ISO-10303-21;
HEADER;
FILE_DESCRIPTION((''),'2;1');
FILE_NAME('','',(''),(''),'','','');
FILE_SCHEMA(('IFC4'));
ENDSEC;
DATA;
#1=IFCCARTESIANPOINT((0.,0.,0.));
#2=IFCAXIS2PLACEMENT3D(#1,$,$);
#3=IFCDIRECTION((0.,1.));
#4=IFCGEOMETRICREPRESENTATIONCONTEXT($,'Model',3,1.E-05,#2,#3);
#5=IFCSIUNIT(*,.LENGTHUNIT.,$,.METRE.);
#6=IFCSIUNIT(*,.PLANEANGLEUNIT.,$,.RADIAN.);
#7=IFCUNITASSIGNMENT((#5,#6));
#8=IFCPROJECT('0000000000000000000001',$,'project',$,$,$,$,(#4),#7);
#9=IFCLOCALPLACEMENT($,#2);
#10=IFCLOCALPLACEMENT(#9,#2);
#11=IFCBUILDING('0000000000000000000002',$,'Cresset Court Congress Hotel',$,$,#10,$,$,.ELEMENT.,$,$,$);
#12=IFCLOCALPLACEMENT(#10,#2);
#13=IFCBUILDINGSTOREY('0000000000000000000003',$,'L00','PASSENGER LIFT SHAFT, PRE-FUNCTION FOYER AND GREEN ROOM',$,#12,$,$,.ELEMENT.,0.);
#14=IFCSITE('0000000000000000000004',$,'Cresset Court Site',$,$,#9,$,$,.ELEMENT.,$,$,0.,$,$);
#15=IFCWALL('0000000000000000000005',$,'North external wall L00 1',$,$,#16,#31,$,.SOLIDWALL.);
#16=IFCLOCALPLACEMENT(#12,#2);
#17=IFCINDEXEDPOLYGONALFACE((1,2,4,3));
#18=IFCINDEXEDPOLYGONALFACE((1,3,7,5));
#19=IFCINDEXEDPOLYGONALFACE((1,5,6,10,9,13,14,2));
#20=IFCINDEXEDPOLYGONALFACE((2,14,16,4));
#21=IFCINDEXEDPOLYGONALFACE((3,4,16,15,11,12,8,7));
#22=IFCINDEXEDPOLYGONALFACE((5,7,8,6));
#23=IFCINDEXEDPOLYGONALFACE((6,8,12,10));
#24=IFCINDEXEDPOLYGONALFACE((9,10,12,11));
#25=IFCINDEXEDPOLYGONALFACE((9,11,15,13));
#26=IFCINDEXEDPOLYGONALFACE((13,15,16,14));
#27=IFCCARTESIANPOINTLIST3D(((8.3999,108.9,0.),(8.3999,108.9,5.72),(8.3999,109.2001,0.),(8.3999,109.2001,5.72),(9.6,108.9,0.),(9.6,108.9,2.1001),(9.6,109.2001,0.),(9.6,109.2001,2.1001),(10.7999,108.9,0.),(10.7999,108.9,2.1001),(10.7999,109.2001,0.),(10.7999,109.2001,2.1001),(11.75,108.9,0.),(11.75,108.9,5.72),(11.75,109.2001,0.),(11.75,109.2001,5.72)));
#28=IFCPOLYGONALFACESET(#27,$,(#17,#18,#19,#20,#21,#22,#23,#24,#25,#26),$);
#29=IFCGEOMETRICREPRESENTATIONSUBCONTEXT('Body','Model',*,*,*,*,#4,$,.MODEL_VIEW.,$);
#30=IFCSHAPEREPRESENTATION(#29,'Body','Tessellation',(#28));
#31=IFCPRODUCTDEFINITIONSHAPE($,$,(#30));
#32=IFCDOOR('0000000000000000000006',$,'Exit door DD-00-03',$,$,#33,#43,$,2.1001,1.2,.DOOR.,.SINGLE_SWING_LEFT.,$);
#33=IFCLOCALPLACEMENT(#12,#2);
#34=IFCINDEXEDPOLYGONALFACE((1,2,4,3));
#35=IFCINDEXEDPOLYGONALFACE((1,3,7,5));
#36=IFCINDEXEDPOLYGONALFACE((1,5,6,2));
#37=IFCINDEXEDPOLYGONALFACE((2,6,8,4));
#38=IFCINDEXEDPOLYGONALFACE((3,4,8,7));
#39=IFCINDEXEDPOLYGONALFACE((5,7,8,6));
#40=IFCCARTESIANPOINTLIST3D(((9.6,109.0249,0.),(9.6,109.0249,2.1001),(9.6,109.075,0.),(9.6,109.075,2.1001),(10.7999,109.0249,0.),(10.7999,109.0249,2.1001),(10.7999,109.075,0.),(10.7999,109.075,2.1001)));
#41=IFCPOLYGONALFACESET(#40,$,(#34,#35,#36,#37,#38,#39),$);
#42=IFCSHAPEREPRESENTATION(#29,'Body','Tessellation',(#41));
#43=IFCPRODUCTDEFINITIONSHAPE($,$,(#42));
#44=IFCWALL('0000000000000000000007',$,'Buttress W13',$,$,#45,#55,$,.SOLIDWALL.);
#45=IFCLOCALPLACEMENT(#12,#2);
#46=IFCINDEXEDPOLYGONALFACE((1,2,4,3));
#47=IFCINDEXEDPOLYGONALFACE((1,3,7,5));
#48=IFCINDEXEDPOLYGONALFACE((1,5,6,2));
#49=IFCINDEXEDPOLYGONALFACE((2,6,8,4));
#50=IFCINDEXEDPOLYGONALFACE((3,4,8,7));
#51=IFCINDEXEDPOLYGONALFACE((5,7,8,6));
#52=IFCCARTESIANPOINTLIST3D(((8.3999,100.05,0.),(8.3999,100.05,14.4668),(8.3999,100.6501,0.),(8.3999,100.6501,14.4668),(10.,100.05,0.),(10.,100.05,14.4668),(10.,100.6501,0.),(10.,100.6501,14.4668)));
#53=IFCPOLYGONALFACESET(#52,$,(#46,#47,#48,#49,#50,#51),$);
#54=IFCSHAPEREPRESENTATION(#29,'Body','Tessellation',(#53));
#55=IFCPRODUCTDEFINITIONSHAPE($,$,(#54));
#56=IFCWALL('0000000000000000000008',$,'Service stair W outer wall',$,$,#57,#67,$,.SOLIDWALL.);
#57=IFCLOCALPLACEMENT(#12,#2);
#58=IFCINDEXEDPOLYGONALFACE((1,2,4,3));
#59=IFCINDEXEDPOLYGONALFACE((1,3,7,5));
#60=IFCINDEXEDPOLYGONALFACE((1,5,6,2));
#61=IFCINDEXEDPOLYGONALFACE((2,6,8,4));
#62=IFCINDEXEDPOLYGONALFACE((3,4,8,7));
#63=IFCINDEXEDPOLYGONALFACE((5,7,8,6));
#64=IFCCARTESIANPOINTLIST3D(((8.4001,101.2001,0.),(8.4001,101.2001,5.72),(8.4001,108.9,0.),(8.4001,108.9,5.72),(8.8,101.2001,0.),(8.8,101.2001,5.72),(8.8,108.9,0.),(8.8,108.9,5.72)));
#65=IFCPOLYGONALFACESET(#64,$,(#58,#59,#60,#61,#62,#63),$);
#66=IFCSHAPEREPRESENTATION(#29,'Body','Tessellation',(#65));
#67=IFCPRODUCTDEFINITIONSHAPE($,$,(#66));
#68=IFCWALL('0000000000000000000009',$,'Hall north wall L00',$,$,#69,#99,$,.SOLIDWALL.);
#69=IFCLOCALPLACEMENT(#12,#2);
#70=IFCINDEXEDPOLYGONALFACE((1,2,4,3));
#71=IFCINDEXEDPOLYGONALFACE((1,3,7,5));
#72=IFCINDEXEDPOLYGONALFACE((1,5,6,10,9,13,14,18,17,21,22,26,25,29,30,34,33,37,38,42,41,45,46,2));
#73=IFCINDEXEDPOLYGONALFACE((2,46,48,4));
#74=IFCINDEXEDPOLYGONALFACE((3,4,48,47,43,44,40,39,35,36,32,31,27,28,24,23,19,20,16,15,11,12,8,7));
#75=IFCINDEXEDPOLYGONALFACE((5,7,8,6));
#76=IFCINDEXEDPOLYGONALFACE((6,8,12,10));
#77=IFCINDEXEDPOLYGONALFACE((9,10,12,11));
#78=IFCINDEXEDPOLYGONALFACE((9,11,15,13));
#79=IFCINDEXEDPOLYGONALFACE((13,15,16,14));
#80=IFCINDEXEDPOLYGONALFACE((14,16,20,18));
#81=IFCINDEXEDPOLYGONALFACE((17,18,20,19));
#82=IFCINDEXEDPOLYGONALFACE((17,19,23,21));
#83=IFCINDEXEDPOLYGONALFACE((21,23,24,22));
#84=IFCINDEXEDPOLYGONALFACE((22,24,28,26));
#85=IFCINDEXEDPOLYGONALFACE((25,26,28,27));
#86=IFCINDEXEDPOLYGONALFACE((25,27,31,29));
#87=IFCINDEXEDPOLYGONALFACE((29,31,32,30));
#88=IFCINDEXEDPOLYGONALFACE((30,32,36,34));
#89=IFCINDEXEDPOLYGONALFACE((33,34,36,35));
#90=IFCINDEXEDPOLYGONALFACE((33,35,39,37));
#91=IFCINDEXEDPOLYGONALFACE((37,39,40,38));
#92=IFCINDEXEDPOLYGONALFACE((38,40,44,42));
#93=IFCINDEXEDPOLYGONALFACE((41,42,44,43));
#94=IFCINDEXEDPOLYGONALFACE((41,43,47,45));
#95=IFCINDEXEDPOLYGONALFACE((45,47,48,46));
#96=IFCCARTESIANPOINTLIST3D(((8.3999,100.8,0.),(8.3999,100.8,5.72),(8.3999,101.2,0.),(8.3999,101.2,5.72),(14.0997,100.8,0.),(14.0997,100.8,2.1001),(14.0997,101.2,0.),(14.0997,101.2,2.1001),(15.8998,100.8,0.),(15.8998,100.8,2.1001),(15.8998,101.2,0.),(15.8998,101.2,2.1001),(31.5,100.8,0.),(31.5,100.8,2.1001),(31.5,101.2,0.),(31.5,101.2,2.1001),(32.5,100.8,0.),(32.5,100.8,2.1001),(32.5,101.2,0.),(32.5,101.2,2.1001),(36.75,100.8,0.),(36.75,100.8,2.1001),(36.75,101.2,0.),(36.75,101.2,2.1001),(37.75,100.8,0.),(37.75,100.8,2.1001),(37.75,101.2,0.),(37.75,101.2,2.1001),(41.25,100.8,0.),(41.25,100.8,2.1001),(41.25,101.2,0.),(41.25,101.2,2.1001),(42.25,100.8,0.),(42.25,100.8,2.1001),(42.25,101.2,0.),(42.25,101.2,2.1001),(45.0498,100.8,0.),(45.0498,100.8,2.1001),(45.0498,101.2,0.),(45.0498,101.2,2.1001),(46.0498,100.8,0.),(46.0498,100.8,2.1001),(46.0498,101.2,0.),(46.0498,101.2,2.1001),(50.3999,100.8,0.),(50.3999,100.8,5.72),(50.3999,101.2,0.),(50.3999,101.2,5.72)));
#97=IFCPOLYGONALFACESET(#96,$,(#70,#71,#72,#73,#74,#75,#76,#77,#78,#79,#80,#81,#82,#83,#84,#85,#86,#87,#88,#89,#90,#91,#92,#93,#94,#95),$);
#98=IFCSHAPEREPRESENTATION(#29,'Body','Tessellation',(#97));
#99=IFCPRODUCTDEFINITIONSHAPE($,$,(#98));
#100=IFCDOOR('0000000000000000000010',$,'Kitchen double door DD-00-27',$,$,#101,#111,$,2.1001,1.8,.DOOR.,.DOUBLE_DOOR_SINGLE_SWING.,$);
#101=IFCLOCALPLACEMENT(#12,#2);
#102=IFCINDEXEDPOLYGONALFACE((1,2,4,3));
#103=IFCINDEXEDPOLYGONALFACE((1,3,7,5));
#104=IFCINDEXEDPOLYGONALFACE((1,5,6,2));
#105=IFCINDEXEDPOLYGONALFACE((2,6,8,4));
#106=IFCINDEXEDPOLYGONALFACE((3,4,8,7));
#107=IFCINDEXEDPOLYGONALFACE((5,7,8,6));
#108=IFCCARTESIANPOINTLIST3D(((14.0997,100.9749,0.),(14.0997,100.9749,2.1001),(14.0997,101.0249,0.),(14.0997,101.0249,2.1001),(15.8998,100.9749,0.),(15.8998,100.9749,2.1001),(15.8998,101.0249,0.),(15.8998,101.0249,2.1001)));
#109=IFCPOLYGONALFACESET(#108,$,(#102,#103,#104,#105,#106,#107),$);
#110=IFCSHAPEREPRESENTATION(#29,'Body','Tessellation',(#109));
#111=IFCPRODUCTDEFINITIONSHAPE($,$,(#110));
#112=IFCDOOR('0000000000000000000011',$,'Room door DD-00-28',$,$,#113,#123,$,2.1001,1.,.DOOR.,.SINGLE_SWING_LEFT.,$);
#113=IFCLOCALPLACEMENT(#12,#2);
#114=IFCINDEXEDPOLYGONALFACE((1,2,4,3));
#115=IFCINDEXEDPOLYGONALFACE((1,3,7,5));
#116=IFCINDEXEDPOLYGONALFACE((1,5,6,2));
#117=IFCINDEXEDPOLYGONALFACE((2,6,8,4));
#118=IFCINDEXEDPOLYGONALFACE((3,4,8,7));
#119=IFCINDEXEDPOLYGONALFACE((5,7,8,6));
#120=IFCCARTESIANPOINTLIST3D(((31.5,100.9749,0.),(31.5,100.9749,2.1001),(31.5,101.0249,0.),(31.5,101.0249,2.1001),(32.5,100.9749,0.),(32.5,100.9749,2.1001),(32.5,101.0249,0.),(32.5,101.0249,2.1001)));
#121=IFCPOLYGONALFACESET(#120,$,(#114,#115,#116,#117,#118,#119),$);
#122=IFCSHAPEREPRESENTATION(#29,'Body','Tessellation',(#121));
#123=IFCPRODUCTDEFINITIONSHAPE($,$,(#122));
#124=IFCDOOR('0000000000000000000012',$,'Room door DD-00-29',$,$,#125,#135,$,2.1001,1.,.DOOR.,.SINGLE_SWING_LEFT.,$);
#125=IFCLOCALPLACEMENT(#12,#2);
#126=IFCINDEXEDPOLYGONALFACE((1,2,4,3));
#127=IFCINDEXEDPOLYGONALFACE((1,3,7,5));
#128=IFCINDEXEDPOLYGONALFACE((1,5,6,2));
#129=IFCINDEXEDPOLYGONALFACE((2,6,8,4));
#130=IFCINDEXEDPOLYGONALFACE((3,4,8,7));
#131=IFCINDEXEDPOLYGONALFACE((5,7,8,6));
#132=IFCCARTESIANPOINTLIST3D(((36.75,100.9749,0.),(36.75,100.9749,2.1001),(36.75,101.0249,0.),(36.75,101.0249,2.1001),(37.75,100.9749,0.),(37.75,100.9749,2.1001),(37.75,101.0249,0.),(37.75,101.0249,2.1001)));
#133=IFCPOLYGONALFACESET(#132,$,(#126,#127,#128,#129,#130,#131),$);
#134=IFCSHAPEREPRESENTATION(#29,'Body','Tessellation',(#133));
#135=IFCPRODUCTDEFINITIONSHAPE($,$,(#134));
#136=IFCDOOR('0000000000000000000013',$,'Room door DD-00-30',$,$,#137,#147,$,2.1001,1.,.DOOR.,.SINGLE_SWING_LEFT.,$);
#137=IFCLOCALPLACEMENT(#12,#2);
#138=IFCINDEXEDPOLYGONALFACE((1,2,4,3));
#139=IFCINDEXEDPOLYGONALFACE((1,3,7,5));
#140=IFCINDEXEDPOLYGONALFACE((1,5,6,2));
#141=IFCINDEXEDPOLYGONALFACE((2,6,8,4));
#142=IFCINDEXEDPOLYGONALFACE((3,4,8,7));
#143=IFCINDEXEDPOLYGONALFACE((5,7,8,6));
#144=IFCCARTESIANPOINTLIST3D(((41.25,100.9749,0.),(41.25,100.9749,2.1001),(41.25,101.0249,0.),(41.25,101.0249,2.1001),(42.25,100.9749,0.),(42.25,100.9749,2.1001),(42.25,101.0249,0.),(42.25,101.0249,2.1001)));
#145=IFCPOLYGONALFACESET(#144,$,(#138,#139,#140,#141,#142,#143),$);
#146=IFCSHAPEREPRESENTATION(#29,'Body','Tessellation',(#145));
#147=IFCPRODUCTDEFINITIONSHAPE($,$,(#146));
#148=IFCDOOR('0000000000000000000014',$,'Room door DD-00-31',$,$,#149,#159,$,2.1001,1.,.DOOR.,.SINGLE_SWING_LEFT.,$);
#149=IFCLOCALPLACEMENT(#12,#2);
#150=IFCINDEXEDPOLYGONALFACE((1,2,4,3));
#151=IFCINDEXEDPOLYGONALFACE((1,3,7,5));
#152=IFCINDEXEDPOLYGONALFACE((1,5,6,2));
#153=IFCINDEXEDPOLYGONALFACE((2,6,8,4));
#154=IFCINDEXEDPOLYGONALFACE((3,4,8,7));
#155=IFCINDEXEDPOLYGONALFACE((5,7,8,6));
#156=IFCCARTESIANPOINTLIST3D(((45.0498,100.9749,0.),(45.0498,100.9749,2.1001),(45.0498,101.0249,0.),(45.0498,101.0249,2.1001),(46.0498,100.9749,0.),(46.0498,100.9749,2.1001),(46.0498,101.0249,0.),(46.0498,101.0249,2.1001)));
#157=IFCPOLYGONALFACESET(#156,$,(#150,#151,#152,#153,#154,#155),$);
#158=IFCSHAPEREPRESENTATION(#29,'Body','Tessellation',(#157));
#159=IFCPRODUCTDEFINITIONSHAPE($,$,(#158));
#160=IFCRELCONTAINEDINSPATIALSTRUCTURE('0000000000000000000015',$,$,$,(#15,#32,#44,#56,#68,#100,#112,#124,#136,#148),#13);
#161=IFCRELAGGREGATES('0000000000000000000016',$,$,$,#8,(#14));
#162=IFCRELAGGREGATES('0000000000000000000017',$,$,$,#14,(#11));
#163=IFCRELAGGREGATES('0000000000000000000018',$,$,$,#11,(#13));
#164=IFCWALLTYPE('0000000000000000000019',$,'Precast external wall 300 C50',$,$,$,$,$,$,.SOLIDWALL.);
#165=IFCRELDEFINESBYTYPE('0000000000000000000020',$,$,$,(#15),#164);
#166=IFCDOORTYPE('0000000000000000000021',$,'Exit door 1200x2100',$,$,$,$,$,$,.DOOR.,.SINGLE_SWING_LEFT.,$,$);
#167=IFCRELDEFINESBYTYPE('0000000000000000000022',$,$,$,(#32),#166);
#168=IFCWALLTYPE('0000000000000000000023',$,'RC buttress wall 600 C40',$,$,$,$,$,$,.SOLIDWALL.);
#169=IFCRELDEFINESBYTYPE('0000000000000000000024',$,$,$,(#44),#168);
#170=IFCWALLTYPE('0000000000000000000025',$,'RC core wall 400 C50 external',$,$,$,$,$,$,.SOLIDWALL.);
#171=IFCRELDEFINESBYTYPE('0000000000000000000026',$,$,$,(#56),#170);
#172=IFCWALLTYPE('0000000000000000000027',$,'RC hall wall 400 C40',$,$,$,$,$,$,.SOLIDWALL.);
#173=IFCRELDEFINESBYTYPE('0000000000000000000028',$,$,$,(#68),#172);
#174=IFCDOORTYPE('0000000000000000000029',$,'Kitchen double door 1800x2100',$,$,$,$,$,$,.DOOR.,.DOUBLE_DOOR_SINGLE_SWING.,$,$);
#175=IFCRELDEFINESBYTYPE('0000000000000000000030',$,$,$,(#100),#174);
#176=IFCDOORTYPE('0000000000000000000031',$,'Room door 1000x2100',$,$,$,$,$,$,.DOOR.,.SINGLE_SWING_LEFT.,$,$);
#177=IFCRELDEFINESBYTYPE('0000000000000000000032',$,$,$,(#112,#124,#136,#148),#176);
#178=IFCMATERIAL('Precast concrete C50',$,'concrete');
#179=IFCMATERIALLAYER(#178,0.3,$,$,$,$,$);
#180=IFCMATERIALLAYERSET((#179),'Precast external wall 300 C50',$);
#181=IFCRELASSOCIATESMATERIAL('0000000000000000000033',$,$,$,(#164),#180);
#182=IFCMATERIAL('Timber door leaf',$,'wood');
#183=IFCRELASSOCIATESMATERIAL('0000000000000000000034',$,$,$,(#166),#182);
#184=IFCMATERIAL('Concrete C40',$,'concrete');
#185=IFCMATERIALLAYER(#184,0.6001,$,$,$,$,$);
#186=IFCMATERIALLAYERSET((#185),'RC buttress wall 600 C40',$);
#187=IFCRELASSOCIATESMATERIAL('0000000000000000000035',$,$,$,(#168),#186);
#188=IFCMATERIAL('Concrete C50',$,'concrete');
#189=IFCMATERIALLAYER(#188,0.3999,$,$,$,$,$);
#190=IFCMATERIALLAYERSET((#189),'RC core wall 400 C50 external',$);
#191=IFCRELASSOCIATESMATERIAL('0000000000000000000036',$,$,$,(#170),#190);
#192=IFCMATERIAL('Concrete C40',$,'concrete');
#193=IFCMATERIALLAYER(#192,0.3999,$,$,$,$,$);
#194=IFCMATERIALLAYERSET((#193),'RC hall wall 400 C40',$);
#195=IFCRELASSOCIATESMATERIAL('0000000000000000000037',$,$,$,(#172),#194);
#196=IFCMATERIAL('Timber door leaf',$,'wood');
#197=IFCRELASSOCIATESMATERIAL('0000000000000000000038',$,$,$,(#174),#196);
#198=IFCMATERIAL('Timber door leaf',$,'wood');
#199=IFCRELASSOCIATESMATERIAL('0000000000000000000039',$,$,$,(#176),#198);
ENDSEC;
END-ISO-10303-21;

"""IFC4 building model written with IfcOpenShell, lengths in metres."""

from ifc_helpers import new_model, si_unit, direction, frame, frame_2d, origin, place, context, subcontext, project, spatial, rectangle, extrude, material, layer, layer_set, type_object, element, fill, save


model = new_model("IFC4")

# Units and contexts
model_context = context("Model", 3, precision=1e-05, world=origin(), true_north=direction((0.0, 1.0)))
body_context = subcontext(model_context, "Body", "Model", "MODEL_VIEW")
ifc_project = project(units=[si_unit("LENGTHUNIT", "METRE"), si_unit("PLANEANGLEUNIT", "RADIAN")], contexts=[model_context])

# Site, building, storey
site_placement = place(None, origin())
site = spatial("IfcSite", under=ifc_project, at=site_placement, Name="Cresset Court Site", CompositionType="ELEMENT", RefElevation=0.0)
building_placement = place(site_placement, origin())
building = spatial("IfcBuilding", under=site, at=building_placement, Name="Cresset Court Congress Hotel", CompositionType="ELEMENT")
storey_placement = place(building_placement, origin())
storey = spatial("IfcBuildingStorey", under=building, at=storey_placement, Name="L00", Description="PASSENGER LIFT SHAFT, PRE-FUNCTION FOYER AND GREEN ROOM", CompositionType="ELEMENT", Elevation=0.0)

# Wall, opening, door
ifc_material_1 = material(Name="Precast concrete C50", Category="concrete")
ifc_layer_1 = layer(ifc_material_1, 0.3)
ifc_layer_set_1 = layer_set([ifc_layer_1], Name="Precast external wall 300 C50")
wall_type_1 = type_object("IfcWallType", Name="Precast external wall 300 C50", PredefinedType="SOLIDWALL", material=ifc_layer_set_1)
wall_1_placement = place(storey_placement, frame((8.3999, 109.05, 0.0), z_axis=(0.0, 0.0, 1.0), x_axis=(1.0, 0.0, 0.0)))
wall_1 = element("IfcWall", 1, at=wall_1_placement, inside=storey, type_object=wall_type_1, Name="North external wall L00 1", PredefinedType="SOLIDWALL", context=body_context, shape_type="SweptSolid", body=[
    extrude(rectangle(XDim=3.3501, YDim=0.3, at=frame_2d((1.675, 0.0))), origin(), (0.0, 0.0, 1.0), 5.72),
])
opening_1_placement = place(wall_1_placement, frame((1.2, 0.0, 0.0)))
opening_1 = element("IfcOpeningElement", 2, at=opening_1_placement, cuts=wall_1, PredefinedType="OPENING", context=body_context, shape_type="SweptSolid", body=[
    extrude(rectangle(XDim=1.2, YDim=2.1001, at=frame_2d((0.6001, 1.05))), frame((0.0, 0.1599, 0.0), z_axis=(0.0, -1.0, 0.0), x_axis=(1.0, 0.0, 0.0)), (0.0, 0.0, 1.0), 0.3201),
])
ifc_material_2 = material(Name="Timber door leaf", Category="wood")
door_type_1 = type_object("IfcDoorType", Name="Exit door 1200x2100", OperationType="SINGLE_SWING_LEFT", PredefinedType="DOOR", material=ifc_material_2)
door_1_placement = place(opening_1_placement, origin())
door_1 = element("IfcDoor", 3, at=door_1_placement, inside=storey, type_object=door_type_1, Name="Exit door DD-00-03", OperationType="SINGLE_SWING_LEFT", OverallHeight=2.1001, OverallWidth=1.2, PredefinedType="DOOR", context=body_context, shape_type="SweptSolid", body=[
    extrude(rectangle(XDim=1.2, YDim=2.1001, at=frame_2d((0.6001, 1.05))), frame((0.0, 0.0249, 0.0), z_axis=(0.0, -1.0, 0.0), x_axis=(1.0, 0.0, 0.0)), (0.0, 0.0, 1.0), 0.05),
])
fill(opening_1, door_1)

# Walls
ifc_material_3 = material(Name="Concrete C40", Category="concrete")
ifc_layer_2 = layer(ifc_material_3, 0.6001)
ifc_layer_set_2 = layer_set([ifc_layer_2], Name="RC buttress wall 600 C40")
wall_type_2 = type_object("IfcWallType", Name="RC buttress wall 600 C40", PredefinedType="SOLIDWALL", material=ifc_layer_set_2)
wall_2_placement = place(storey_placement, frame((8.3999, 100.3501, 0.0), z_axis=(0.0, 0.0, 1.0), x_axis=(1.0, 0.0, 0.0)))
element("IfcWall", 4, at=wall_2_placement, inside=storey, type_object=wall_type_2, Name="Buttress W13", PredefinedType="SOLIDWALL", context=body_context, shape_type="SweptSolid", body=[
    extrude(rectangle(XDim=1.6001, YDim=0.6001, at=frame_2d((0.8, 0.0))), origin(), (0.0, 0.0, 1.0), 14.4668),
])
ifc_material_4 = material(Name="Concrete C50", Category="concrete")
ifc_layer_3 = layer(ifc_material_4, 0.3999)
ifc_layer_set_3 = layer_set([ifc_layer_3], Name="RC core wall 400 C50 external")
wall_type_3 = type_object("IfcWallType", Name="RC core wall 400 C50 external", PredefinedType="SOLIDWALL", material=ifc_layer_set_3)
wall_3_placement = place(storey_placement, frame((8.6001, 101.2, 0.0), z_axis=(0.0, 0.0, 1.0), x_axis=(0.0, 1.0, 0.0)))
element("IfcWall", 5, at=wall_3_placement, inside=storey, type_object=wall_type_3, Name="Service stair W outer wall", PredefinedType="SOLIDWALL", context=body_context, shape_type="SweptSolid", body=[
    extrude(rectangle(XDim=7.7, YDim=0.3999, at=frame_2d((3.8501, 0.0))), origin(), (0.0, 0.0, 1.0), 5.72),
])

# Wall, openings, doors
ifc_material_5 = material(Name="Concrete C40", Category="concrete")
ifc_layer_4 = layer(ifc_material_5, 0.3999)
ifc_layer_set_4 = layer_set([ifc_layer_4], Name="RC hall wall 400 C40")
wall_type_4 = type_object("IfcWallType", Name="RC hall wall 400 C40", PredefinedType="SOLIDWALL", material=ifc_layer_set_4)
wall_4_placement = place(storey_placement, frame((8.3999, 101.0, 0.0), z_axis=(0.0, 0.0, 1.0), x_axis=(1.0, 0.0, 0.0)))
wall_4 = element("IfcWall", 6, at=wall_4_placement, inside=storey, type_object=wall_type_4, Name="Hall north wall L00", PredefinedType="SOLIDWALL", context=body_context, shape_type="SweptSolid", body=[
    extrude(rectangle(XDim=42.0, YDim=0.3999, at=frame_2d((21.0, 0.0))), origin(), (0.0, 0.0, 1.0), 5.72),
])
opening_2_placement = place(wall_4_placement, frame((5.7, 0.0, 0.0)))
opening_2 = element("IfcOpeningElement", 7, at=opening_2_placement, cuts=wall_4, PredefinedType="OPENING", context=body_context, shape_type="SweptSolid", body=[
    extrude(rectangle(XDim=1.8, YDim=2.1001, at=frame_2d((0.8999, 1.05))), frame((0.0, 0.21, 0.0), z_axis=(0.0, -1.0, 0.0), x_axis=(1.0, 0.0, 0.0)), (0.0, 0.0, 1.0), 0.4199),
])
opening_3_placement = place(wall_4_placement, frame((23.1001, 0.0, 0.0)))
opening_3 = element("IfcOpeningElement", 8, at=opening_3_placement, cuts=wall_4, PredefinedType="OPENING", context=body_context, shape_type="SweptSolid", body=[
    extrude(rectangle(XDim=1.0, YDim=2.1001, at=frame_2d((0.5, 1.05))), frame((0.0, 0.21, 0.0), z_axis=(0.0, -1.0, 0.0), x_axis=(1.0, 0.0, 0.0)), (0.0, 0.0, 1.0), 0.4199),
])
opening_4_placement = place(wall_4_placement, frame((28.3501, 0.0, 0.0)))
opening_4 = element("IfcOpeningElement", 9, at=opening_4_placement, cuts=wall_4, PredefinedType="OPENING", context=body_context, shape_type="SweptSolid", body=[
    extrude(rectangle(XDim=1.0, YDim=2.1001, at=frame_2d((0.5, 1.05))), frame((0.0, 0.21, 0.0), z_axis=(0.0, -1.0, 0.0), x_axis=(1.0, 0.0, 0.0)), (0.0, 0.0, 1.0), 0.4199),
])
opening_5_placement = place(wall_4_placement, frame((32.8501, 0.0, 0.0)))
opening_5 = element("IfcOpeningElement", 10, at=opening_5_placement, cuts=wall_4, PredefinedType="OPENING", context=body_context, shape_type="SweptSolid", body=[
    extrude(rectangle(XDim=1.0, YDim=2.1001, at=frame_2d((0.5, 1.05))), frame((0.0, 0.21, 0.0), z_axis=(0.0, -1.0, 0.0), x_axis=(1.0, 0.0, 0.0)), (0.0, 0.0, 1.0), 0.4199),
])
opening_6_placement = place(wall_4_placement, frame((36.6499, 0.0, 0.0)))
opening_6 = element("IfcOpeningElement", 11, at=opening_6_placement, cuts=wall_4, PredefinedType="OPENING", context=body_context, shape_type="SweptSolid", body=[
    extrude(rectangle(XDim=1.0, YDim=2.1001, at=frame_2d((0.5, 1.05))), frame((0.0, 0.21, 0.0), z_axis=(0.0, -1.0, 0.0), x_axis=(1.0, 0.0, 0.0)), (0.0, 0.0, 1.0), 0.4199),
])
ifc_material_6 = material(Name="Timber door leaf", Category="wood")
door_type_2 = type_object("IfcDoorType", Name="Kitchen double door 1800x2100", OperationType="DOUBLE_DOOR_SINGLE_SWING", PredefinedType="DOOR", material=ifc_material_6)
door_2_placement = place(opening_2_placement, origin())
door_2 = element("IfcDoor", 12, at=door_2_placement, inside=storey, type_object=door_type_2, Name="Kitchen double door DD-00-27", OperationType="DOUBLE_DOOR_SINGLE_SWING", OverallHeight=2.1001, OverallWidth=1.8, PredefinedType="DOOR", context=body_context, shape_type="SweptSolid", body=[
    extrude(rectangle(XDim=1.8, YDim=2.1001, at=frame_2d((0.8999, 1.05))), frame((0.0, 0.0249, 0.0), z_axis=(0.0, -1.0, 0.0), x_axis=(1.0, 0.0, 0.0)), (0.0, 0.0, 1.0), 0.05),
])
fill(opening_2, door_2)
ifc_material_7 = material(Name="Timber door leaf", Category="wood")
door_type_3 = type_object("IfcDoorType", Name="Room door 1000x2100", OperationType="SINGLE_SWING_LEFT", PredefinedType="DOOR", material=ifc_material_7)
door_3_placement = place(opening_3_placement, origin())
door_3 = element("IfcDoor", 13, at=door_3_placement, inside=storey, type_object=door_type_3, Name="Room door DD-00-28", OperationType="SINGLE_SWING_LEFT", OverallHeight=2.1001, OverallWidth=1.0, PredefinedType="DOOR", context=body_context, shape_type="SweptSolid", body=[
    extrude(rectangle(XDim=1.0, YDim=2.1001, at=frame_2d((0.5, 1.05))), frame((0.0, 0.0249, 0.0), z_axis=(0.0, -1.0, 0.0), x_axis=(1.0, 0.0, 0.0)), (0.0, 0.0, 1.0), 0.05),
])
fill(opening_3, door_3)
door_4_placement = place(opening_4_placement, origin())
door_4 = element("IfcDoor", 14, at=door_4_placement, inside=storey, type_object=door_type_3, Name="Room door DD-00-29", OperationType="SINGLE_SWING_LEFT", OverallHeight=2.1001, OverallWidth=1.0, PredefinedType="DOOR", context=body_context, shape_type="SweptSolid", body=[
    extrude(rectangle(XDim=1.0, YDim=2.1001, at=frame_2d((0.5, 1.05))), frame((0.0, 0.0249, 0.0), z_axis=(0.0, -1.0, 0.0), x_axis=(1.0, 0.0, 0.0)), (0.0, 0.0, 1.0), 0.05),
])
fill(opening_4, door_4)
door_5_placement = place(opening_5_placement, origin())
door_5 = element("IfcDoor", 15, at=door_5_placement, inside=storey, type_object=door_type_3, Name="Room door DD-00-30", OperationType="SINGLE_SWING_LEFT", OverallHeight=2.1001, OverallWidth=1.0, PredefinedType="DOOR", context=body_context, shape_type="SweptSolid", body=[
    extrude(rectangle(XDim=1.0, YDim=2.1001, at=frame_2d((0.5, 1.05))), frame((0.0, 0.0249, 0.0), z_axis=(0.0, -1.0, 0.0), x_axis=(1.0, 0.0, 0.0)), (0.0, 0.0, 1.0), 0.05),
])
fill(opening_5, door_5)
door_6_placement = place(opening_6_placement, origin())
door_6 = element("IfcDoor", 16, at=door_6_placement, inside=storey, type_object=door_type_3, Name="Room door DD-00-31", OperationType="SINGLE_SWING_LEFT", OverallHeight=2.1001, OverallWidth=1.0, PredefinedType="DOOR", context=body_context, shape_type="SweptSolid", body=[
    extrude(rectangle(XDim=1.0, YDim=2.1001, at=frame_2d((0.5, 1.05))), frame((0.0, 0.0249, 0.0), z_axis=(0.0, -1.0, 0.0), x_axis=(1.0, 0.0, 0.0)), (0.0, 0.0, 1.0), 0.05),
])
fill(opening_6, door_6)

save(model, "model.ifc")
